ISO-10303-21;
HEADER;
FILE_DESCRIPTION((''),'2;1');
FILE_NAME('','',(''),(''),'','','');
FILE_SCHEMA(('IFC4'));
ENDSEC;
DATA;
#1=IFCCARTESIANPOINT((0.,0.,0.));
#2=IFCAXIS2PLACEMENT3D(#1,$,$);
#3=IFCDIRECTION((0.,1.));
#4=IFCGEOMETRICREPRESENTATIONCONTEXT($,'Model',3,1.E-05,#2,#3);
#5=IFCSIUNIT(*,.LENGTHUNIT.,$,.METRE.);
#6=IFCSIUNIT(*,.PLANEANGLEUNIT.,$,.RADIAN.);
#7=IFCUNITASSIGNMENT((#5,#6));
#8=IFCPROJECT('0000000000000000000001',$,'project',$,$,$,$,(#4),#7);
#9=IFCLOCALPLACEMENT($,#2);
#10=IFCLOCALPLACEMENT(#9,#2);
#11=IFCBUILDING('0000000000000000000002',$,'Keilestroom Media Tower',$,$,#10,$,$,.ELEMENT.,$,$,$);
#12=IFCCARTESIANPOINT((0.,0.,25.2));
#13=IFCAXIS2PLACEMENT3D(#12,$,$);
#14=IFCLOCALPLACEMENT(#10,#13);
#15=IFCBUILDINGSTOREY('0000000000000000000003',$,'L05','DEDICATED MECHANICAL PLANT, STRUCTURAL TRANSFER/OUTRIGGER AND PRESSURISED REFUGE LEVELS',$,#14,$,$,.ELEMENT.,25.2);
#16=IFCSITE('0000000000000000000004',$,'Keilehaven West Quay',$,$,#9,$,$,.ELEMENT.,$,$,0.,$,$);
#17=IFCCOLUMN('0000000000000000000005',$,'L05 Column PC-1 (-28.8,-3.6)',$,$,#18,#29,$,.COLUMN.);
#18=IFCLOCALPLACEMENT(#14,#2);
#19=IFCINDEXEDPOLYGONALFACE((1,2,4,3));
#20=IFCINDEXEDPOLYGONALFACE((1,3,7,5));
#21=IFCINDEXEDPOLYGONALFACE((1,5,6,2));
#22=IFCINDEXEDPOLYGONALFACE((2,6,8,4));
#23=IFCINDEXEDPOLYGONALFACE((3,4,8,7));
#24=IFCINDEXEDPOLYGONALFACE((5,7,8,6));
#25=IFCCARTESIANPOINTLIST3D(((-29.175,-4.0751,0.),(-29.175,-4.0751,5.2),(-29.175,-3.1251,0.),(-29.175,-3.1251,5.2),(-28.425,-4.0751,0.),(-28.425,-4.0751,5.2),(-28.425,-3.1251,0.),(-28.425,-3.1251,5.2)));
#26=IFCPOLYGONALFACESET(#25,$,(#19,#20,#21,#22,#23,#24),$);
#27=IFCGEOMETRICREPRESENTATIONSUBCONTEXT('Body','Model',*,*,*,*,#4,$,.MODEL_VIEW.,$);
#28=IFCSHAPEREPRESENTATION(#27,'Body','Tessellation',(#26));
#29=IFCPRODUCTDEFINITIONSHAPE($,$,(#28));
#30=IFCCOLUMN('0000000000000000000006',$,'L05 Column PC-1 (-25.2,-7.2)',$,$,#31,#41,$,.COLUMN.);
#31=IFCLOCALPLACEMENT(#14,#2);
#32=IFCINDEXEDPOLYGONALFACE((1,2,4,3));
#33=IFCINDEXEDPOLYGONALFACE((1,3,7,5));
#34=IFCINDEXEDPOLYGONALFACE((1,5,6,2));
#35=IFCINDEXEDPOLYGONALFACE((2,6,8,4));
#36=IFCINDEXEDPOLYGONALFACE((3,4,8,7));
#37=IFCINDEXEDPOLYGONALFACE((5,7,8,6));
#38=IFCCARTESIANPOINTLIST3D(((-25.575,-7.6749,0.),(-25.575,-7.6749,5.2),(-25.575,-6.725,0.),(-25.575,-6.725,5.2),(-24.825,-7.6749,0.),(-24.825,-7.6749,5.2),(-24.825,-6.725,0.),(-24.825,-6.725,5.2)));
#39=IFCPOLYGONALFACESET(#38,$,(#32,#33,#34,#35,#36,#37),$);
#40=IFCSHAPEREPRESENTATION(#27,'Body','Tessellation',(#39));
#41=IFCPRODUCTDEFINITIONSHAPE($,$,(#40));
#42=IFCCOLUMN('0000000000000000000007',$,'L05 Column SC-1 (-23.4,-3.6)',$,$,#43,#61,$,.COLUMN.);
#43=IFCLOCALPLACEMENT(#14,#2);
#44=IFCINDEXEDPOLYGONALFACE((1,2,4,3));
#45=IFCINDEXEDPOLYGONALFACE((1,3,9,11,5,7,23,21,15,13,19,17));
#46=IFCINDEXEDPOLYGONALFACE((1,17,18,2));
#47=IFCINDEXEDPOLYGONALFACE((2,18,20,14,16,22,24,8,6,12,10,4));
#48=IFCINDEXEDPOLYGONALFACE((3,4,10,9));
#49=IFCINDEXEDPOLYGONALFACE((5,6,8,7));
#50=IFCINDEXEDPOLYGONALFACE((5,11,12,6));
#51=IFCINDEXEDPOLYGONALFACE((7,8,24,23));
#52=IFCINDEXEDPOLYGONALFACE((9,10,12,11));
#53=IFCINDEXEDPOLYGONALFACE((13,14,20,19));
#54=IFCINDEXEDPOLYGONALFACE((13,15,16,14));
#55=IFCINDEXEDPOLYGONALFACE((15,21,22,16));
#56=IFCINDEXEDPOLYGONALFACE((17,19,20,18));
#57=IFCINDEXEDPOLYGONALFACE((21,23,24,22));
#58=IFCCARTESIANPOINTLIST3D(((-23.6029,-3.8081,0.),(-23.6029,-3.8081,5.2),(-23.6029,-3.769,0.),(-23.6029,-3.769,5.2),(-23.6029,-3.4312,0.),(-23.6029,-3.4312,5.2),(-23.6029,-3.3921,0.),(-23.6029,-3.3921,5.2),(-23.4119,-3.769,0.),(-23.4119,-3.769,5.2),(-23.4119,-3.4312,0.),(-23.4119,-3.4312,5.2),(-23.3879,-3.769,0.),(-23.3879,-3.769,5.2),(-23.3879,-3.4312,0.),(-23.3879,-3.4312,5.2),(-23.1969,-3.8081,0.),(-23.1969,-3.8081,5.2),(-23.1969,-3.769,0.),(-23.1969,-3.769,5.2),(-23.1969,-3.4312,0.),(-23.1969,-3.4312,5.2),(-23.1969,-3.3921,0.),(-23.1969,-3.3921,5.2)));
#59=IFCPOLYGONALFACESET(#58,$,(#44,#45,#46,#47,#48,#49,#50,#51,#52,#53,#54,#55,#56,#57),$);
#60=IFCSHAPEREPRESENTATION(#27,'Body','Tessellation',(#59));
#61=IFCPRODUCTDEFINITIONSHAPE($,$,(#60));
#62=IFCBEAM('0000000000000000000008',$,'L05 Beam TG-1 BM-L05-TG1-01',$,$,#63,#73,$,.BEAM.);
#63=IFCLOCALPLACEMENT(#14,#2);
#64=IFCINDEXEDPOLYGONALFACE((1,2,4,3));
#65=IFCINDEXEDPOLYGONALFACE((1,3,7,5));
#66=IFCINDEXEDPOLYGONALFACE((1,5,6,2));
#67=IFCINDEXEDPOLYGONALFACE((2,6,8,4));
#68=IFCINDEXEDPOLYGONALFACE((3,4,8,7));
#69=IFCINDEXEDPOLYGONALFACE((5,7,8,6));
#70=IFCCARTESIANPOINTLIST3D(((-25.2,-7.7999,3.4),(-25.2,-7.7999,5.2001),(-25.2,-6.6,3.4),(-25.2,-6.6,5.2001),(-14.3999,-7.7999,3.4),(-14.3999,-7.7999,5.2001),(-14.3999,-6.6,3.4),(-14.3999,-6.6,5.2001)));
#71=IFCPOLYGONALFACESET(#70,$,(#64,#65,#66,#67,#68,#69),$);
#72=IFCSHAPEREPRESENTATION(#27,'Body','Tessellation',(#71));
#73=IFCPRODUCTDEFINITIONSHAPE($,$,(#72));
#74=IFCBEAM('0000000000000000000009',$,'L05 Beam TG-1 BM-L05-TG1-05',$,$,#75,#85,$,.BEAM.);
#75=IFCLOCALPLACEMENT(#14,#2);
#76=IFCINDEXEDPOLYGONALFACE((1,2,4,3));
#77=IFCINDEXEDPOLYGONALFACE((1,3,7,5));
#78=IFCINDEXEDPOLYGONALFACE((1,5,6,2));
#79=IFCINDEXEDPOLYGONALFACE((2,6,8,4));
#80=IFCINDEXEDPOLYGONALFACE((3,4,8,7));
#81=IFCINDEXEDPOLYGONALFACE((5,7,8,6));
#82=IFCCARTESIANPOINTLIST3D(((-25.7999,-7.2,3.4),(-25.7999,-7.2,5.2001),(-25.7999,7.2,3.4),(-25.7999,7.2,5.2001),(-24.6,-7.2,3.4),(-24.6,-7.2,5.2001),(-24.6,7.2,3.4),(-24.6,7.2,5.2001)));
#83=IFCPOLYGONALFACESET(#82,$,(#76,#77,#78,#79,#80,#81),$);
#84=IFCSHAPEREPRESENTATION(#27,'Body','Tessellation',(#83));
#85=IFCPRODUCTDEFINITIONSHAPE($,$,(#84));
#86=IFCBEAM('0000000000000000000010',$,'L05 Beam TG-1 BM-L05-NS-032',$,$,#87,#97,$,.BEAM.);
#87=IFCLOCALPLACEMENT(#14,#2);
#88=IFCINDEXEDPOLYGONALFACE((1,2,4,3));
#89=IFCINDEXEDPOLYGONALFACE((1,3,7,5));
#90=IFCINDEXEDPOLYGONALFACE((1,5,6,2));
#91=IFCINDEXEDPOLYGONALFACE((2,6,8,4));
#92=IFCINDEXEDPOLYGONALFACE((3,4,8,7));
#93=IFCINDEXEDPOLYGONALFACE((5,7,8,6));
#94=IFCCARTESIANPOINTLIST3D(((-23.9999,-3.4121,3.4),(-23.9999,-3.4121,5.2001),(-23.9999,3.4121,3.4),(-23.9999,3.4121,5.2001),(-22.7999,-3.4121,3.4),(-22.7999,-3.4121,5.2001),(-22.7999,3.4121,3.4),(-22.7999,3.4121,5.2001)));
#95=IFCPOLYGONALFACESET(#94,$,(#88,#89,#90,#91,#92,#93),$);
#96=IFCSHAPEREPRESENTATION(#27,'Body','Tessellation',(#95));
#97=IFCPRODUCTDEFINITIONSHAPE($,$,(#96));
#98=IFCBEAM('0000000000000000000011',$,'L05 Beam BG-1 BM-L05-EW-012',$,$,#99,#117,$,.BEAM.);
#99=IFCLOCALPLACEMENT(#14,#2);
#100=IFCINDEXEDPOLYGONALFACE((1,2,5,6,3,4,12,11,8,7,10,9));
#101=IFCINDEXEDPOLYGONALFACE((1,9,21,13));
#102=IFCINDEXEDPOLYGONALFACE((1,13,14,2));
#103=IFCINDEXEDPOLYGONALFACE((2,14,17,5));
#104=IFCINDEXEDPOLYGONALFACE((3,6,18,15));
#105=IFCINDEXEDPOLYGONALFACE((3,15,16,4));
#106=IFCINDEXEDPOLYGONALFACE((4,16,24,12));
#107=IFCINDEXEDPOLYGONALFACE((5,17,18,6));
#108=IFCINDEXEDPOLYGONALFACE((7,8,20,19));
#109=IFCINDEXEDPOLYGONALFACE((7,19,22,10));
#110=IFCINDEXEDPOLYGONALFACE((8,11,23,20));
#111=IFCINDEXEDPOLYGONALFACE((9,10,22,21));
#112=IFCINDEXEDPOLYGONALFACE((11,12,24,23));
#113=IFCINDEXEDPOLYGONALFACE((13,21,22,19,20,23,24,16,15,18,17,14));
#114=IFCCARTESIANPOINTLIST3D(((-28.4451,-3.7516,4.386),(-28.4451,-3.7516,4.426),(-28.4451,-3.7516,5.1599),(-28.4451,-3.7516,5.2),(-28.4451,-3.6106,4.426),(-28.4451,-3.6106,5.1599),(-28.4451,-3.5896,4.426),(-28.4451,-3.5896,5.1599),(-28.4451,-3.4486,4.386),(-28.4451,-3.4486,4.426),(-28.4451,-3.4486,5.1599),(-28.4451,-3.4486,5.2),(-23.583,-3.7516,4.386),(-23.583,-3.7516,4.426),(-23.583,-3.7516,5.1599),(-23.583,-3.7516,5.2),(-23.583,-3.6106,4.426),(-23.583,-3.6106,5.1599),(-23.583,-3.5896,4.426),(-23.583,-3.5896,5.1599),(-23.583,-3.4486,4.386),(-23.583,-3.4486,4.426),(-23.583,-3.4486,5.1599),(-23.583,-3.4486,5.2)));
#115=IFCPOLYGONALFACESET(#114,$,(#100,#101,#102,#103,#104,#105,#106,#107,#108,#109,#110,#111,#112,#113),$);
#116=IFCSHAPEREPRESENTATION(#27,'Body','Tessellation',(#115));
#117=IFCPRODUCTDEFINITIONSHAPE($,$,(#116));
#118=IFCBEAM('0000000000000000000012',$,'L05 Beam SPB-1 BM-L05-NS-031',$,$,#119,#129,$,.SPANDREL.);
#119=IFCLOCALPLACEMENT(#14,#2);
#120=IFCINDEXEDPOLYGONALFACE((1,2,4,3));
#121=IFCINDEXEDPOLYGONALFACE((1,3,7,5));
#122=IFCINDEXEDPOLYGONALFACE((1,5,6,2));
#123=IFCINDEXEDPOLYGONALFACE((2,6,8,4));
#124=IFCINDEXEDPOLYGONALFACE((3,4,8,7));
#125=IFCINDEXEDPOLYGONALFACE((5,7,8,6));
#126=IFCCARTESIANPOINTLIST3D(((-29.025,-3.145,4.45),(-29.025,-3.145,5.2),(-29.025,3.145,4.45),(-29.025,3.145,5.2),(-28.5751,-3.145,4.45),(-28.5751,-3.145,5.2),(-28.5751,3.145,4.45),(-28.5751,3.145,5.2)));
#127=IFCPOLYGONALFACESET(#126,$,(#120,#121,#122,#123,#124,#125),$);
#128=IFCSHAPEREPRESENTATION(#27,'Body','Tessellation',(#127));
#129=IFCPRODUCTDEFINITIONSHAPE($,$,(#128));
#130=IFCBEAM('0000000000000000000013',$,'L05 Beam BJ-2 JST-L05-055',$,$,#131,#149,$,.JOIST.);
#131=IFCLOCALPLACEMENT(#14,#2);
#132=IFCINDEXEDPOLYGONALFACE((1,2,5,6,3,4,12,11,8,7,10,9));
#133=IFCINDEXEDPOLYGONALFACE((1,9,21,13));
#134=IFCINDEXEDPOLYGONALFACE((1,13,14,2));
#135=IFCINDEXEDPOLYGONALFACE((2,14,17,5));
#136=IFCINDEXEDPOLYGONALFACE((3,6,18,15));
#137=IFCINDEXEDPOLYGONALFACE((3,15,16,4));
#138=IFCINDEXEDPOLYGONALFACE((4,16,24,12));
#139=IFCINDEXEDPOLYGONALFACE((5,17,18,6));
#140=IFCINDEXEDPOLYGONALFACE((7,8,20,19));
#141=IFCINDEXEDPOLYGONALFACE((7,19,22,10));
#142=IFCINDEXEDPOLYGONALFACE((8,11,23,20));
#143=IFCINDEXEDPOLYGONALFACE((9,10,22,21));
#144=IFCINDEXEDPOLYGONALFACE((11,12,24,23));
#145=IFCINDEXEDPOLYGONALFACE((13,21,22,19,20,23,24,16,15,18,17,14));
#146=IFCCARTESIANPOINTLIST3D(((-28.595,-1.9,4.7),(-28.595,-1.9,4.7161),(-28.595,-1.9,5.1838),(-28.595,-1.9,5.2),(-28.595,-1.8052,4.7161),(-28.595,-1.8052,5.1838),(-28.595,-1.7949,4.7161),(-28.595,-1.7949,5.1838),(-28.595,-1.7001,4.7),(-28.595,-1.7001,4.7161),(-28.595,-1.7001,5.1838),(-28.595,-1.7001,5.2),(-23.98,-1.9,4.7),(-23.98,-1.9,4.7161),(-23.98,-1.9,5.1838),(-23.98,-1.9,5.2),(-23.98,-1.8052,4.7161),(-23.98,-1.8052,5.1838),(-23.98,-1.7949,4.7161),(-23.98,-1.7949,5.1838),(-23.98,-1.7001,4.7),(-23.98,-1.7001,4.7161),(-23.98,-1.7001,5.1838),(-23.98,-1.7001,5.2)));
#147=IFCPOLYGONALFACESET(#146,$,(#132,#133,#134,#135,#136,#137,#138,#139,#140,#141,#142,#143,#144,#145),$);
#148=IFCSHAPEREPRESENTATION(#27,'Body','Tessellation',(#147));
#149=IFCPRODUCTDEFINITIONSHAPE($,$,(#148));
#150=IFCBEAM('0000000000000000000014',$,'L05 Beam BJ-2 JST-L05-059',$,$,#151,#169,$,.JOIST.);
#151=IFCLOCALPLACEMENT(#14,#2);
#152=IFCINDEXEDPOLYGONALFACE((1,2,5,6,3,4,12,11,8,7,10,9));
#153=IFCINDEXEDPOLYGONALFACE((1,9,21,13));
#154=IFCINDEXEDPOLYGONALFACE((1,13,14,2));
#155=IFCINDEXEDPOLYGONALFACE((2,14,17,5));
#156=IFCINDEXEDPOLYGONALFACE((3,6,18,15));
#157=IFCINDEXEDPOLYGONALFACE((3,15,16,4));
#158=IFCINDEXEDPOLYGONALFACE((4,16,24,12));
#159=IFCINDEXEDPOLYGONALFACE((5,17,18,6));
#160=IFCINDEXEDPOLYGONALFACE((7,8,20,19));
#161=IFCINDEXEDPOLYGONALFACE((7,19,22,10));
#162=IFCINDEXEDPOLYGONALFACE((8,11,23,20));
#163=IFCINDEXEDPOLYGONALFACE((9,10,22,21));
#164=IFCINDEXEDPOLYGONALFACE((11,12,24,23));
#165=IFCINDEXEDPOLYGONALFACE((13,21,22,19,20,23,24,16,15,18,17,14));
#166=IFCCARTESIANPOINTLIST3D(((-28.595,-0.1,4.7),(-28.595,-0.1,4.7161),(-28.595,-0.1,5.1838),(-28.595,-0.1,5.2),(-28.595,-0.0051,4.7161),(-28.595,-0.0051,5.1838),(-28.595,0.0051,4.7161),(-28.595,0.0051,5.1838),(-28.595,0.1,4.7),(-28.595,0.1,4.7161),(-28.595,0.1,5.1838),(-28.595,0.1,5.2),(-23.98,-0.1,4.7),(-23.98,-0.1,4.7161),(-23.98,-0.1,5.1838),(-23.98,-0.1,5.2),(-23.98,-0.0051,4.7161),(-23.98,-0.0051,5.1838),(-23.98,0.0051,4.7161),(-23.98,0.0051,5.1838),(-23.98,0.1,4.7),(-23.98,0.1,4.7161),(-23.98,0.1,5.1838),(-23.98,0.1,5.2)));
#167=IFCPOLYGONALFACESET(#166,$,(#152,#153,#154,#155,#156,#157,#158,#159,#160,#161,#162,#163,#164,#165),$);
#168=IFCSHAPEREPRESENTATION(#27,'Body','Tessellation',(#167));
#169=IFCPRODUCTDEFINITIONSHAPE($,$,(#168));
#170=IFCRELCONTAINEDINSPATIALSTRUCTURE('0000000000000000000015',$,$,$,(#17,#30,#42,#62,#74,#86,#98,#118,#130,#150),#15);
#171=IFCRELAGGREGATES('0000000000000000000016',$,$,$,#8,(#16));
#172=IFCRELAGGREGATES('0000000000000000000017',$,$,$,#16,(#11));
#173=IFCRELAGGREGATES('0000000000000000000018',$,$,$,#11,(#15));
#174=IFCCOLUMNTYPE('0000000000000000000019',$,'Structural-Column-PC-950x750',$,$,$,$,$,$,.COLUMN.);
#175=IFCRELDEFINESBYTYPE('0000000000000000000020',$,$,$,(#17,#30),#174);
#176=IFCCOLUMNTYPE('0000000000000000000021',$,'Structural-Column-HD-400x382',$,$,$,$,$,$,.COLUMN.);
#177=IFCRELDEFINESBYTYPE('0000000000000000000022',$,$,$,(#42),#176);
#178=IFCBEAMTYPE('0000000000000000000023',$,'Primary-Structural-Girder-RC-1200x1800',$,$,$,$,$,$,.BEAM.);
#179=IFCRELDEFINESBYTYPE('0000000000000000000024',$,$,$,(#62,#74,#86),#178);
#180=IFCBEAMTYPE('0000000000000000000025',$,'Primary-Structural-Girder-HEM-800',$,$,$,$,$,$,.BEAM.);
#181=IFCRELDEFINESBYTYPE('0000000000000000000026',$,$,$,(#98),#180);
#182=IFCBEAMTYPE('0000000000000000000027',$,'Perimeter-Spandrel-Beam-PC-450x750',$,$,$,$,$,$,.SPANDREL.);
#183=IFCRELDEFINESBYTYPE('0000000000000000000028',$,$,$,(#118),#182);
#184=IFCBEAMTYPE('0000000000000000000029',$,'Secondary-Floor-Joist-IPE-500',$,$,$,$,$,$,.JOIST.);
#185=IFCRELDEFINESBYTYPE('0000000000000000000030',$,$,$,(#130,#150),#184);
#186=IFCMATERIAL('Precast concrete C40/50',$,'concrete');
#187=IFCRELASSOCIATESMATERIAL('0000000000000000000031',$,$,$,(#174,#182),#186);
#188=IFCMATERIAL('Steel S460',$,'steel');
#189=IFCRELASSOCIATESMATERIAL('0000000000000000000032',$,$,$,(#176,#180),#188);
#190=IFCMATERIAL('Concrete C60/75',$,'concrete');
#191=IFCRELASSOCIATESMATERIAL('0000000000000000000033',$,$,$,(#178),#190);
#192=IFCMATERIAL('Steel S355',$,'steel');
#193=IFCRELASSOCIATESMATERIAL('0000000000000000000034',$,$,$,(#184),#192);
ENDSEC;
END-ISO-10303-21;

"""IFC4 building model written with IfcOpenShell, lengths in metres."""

from ifc_helpers import new_model, si_unit, direction, frame, origin, origin_2d, place, context, subcontext, project, spatial, rectangle, i_section, extrude, source, transform, mapped, material, material_profile, profile_set, type_object, element, save


model = new_model("IFC4")

# Units and contexts
model_context = context("Model", 3, precision=1e-05, world=origin(), true_north=direction((0.0, 1.0)))
body_context = subcontext(model_context, "Body", "Model", "MODEL_VIEW")
ifc_project = project(units=[si_unit("LENGTHUNIT", "METRE"), si_unit("PLANEANGLEUNIT", "RADIAN")], contexts=[model_context])

# Site, building, storey
site_placement = place(None, origin())
site = spatial("IfcSite", under=ifc_project, at=site_placement, Name="Keilehaven West Quay", CompositionType="ELEMENT", RefElevation=0.0)
building_placement = place(site_placement, origin())
building = spatial("IfcBuilding", under=site, at=building_placement, Name="Keilestroom Media Tower", CompositionType="ELEMENT")
storey_placement = place(building_placement, frame((0.0, 0.0, 25.2)))
storey = spatial("IfcBuildingStorey", under=building, at=storey_placement, Name="L05", Description="DEDICATED MECHANICAL PLANT, STRUCTURAL TRANSFER/OUTRIGGER AND PRESSURISED REFUGE LEVELS", CompositionType="ELEMENT", Elevation=25.2)

# Columns
ifc_material_1 = material(Name="Precast concrete C40/50", Category="concrete")
ifc_material_profile_1 = material_profile(ifc_material_1, rectangle(XDim=0.75, YDim=0.95, at=origin_2d()), Name="PC 950x750")
ifc_profile_set_1 = profile_set([ifc_material_profile_1], Name="Precast concrete C40/50")
column_type_1 = type_object("IfcColumnType", Name="Structural-Column-PC-950x750", PredefinedType="COLUMN", material=ifc_profile_set_1)
shared_shape_1 = source(origin(), body_context, "Body", "SweptSolid", [
    extrude(rectangle(XDim=0.75, YDim=0.95, at=origin_2d()), origin(), (0.0, 0.0, 1.0), 5.2),
])
for number, where, z_axis, x_axis, name in (
    (1, (-28.8, -3.6001, 0.0), (0.0, 0.0, 1.0), (1.0, 0.0, 0.0), "L05 Column PC-1 (-28.8,-3.6)"),
    (2, (-25.2, -7.2, 0.0), (0.0, 0.0, 1.0), (1.0, 0.0, 0.0), "L05 Column PC-1 (-25.2,-7.2)"),
):
    element("IfcColumn", number, at=place(storey_placement, frame(where, z_axis=z_axis, x_axis=x_axis)), inside=storey, type_object=column_type_1, Name=name, PredefinedType="COLUMN", context=body_context, shape_type="MappedRepresentation", body=[
        mapped(shared_shape_1, transform((0.0, 0.0, 0.0), x_axis=(1.0, 0.0, 0.0), y_axis=(0.0, 1.0, 0.0), z_axis=(0.0, 0.0, 1.0), scale=1.0)),
    ])
ifc_material_2 = material(Name="Steel S460", Category="steel")
ifc_material_profile_2 = material_profile(ifc_material_2, i_section(OverallWidth=0.406, OverallDepth=0.416, WebThickness=0.0239, FlangeThickness=0.0391, at=origin_2d()), Name="HD 400x382")
ifc_profile_set_2 = profile_set([ifc_material_profile_2], Name="Steel S460")
column_type_2 = type_object("IfcColumnType", Name="Structural-Column-HD-400x382", PredefinedType="COLUMN", material=ifc_profile_set_2)
shared_shape_2 = source(origin(), body_context, "Body", "SweptSolid", [
    extrude(i_section(OverallWidth=0.406, OverallDepth=0.416, WebThickness=0.0239, FlangeThickness=0.0391, at=origin_2d()), origin(), (0.0, 0.0, 1.0), 5.2),
])
column_placement = place(storey_placement, frame((-23.3999, -3.6001, 0.0), z_axis=(0.0, 0.0, 1.0), x_axis=(1.0, 0.0, 0.0)))
element("IfcColumn", 3, at=column_placement, inside=storey, type_object=column_type_2, Name="L05 Column SC-1 (-23.4,-3.6)", PredefinedType="COLUMN", context=body_context, shape_type="MappedRepresentation", body=[
    mapped(shared_shape_2, transform((0.0, 0.0, 0.0), x_axis=(1.0, 0.0, 0.0), y_axis=(0.0, 1.0, 0.0), z_axis=(0.0, 0.0, 1.0), scale=1.0)),
])

# Beams
ifc_material_3 = material(Name="Concrete C60/75", Category="concrete")
ifc_material_profile_3 = material_profile(ifc_material_3, rectangle(XDim=1.2, YDim=1.8, at=origin_2d()), Name="RC 1200x1800")
ifc_profile_set_3 = profile_set([ifc_material_profile_3], Name="Concrete C60/75")
beam_type_1 = type_object("IfcBeamType", Name="Primary-Structural-Girder-RC-1200x1800", PredefinedType="BEAM", material=ifc_profile_set_3)
shared_shape_3 = source(origin(), body_context, "Body", "SweptSolid", [
    extrude(rectangle(XDim=1.2, YDim=1.8, at=origin_2d()), origin(), (0.0, 0.0, 1.0), 10.8),
])
beam_1_placement = place(storey_placement, frame((-25.2, -7.2, 4.3), z_axis=(1.0, 0.0, 0.0), x_axis=(0.0, 1.0, 0.0)))
element("IfcBeam", 4, at=beam_1_placement, inside=storey, type_object=beam_type_1, Name="L05 Beam TG-1 BM-L05-TG1-01", PredefinedType="BEAM", context=body_context, shape_type="MappedRepresentation", body=[
    mapped(shared_shape_3, transform((0.0, 0.0, 0.0), x_axis=(1.0, 0.0, 0.0), y_axis=(0.0, 1.0, 0.0), z_axis=(0.0, 0.0, 1.0), scale=1.0)),
])
shared_shape_4 = source(origin(), body_context, "Body", "SweptSolid", [
    extrude(rectangle(XDim=1.2, YDim=1.8, at=origin_2d()), origin(), (0.0, 0.0, 1.0), 14.3999),
])
beam_2_placement = place(storey_placement, frame((-25.2, -7.2, 4.3), z_axis=(0.0, 1.0, 0.0), x_axis=(-1.0, 0.0, 0.0)))
element("IfcBeam", 5, at=beam_2_placement, inside=storey, type_object=beam_type_1, Name="L05 Beam TG-1 BM-L05-TG1-05", PredefinedType="BEAM", context=body_context, shape_type="MappedRepresentation", body=[
    mapped(shared_shape_4, transform((0.0, 0.0, 0.0), x_axis=(1.0, 0.0, 0.0), y_axis=(0.0, 1.0, 0.0), z_axis=(0.0, 0.0, 1.0), scale=1.0)),
])
shared_shape_5 = source(origin(), body_context, "Body", "SweptSolid", [
    extrude(rectangle(XDim=1.2, YDim=1.8, at=origin_2d()), origin(), (0.0, 0.0, 1.0), 6.8242),
])
beam_3_placement = place(storey_placement, frame((-23.3999, -3.4121, 4.3), z_axis=(0.0, 1.0, 0.0), x_axis=(-1.0, 0.0, 0.0)))
element("IfcBeam", 6, at=beam_3_placement, inside=storey, type_object=beam_type_1, Name="L05 Beam TG-1 BM-L05-NS-032", PredefinedType="BEAM", context=body_context, shape_type="MappedRepresentation", body=[
    mapped(shared_shape_5, transform((0.0, 0.0, 0.0), x_axis=(1.0, 0.0, 0.0), y_axis=(0.0, 1.0, 0.0), z_axis=(0.0, 0.0, 1.0), scale=1.0)),
])
ifc_material_profile_4 = material_profile(ifc_material_2, i_section(OverallWidth=0.303, OverallDepth=0.814, WebThickness=0.021, FlangeThickness=0.04, at=origin_2d()), Name="HEM 800")
ifc_profile_set_4 = profile_set([ifc_material_profile_4], Name="Steel S460")
beam_type_2 = type_object("IfcBeamType", Name="Primary-Structural-Girder-HEM-800", PredefinedType="BEAM", material=ifc_profile_set_4)
shared_shape_6 = source(origin(), body_context, "Body", "SweptSolid", [
    extrude(i_section(OverallWidth=0.303, OverallDepth=0.814, WebThickness=0.021, FlangeThickness=0.04, at=origin_2d()), origin(), (0.0, 0.0, 1.0), 4.8621),
])
beam_4_placement = place(storey_placement, frame((-28.4451, -3.6001, 4.793), z_axis=(1.0, 0.0, 0.0), x_axis=(0.0, 1.0, 0.0)))
element("IfcBeam", 7, at=beam_4_placement, inside=storey, type_object=beam_type_2, Name="L05 Beam BG-1 BM-L05-EW-012", PredefinedType="BEAM", context=body_context, shape_type="MappedRepresentation", body=[
    mapped(shared_shape_6, transform((0.0, 0.0, 0.0), x_axis=(1.0, 0.0, 0.0), y_axis=(0.0, 1.0, 0.0), z_axis=(0.0, 0.0, 1.0), scale=1.0)),
])
ifc_material_profile_5 = material_profile(ifc_material_1, rectangle(XDim=0.45, YDim=0.75, at=origin_2d()), Name="PC 450x750")
ifc_profile_set_5 = profile_set([ifc_material_profile_5], Name="Precast concrete C40/50")
beam_type_3 = type_object("IfcBeamType", Name="Perimeter-Spandrel-Beam-PC-450x750", PredefinedType="SPANDREL", material=ifc_profile_set_5)
shared_shape_7 = source(origin(), body_context, "Body", "SweptSolid", [
    extrude(rectangle(XDim=0.45, YDim=0.75, at=origin_2d()), origin(), (0.0, 0.0, 1.0), 6.29),
])
beam_5_placement = place(storey_placement, frame((-28.8, -3.145, 4.825), z_axis=(0.0, 1.0, 0.0), x_axis=(-1.0, 0.0, 0.0)))
element("IfcBeam", 8, at=beam_5_placement, inside=storey, type_object=beam_type_3, Name="L05 Beam SPB-1 BM-L05-NS-031", PredefinedType="SPANDREL", context=body_context, shape_type="MappedRepresentation", body=[
    mapped(shared_shape_7, transform((0.0, 0.0, 0.0), x_axis=(1.0, 0.0, 0.0), y_axis=(0.0, 1.0, 0.0), z_axis=(0.0, 0.0, 1.0), scale=1.0)),
])
ifc_material_4 = material(Name="Steel S355", Category="steel")
ifc_material_profile_6 = material_profile(ifc_material_4, i_section(OverallWidth=0.2, OverallDepth=0.5, WebThickness=0.0103, FlangeThickness=0.0161, at=origin_2d()), Name="IPE 500")
ifc_profile_set_6 = profile_set([ifc_material_profile_6], Name="Steel S355")
beam_type_4 = type_object("IfcBeamType", Name="Secondary-Floor-Joist-IPE-500", PredefinedType="JOIST", material=ifc_profile_set_6)
shared_shape_8 = source(origin(), body_context, "Body", "SweptSolid", [
    extrude(i_section(OverallWidth=0.2, OverallDepth=0.5, WebThickness=0.0103, FlangeThickness=0.0161, at=origin_2d()), origin(), (0.0, 0.0, 1.0), 4.615),
])
for number, where, z_axis, x_axis, name in (
    (9, (-28.595, -1.8, 4.95), (1.0, 0.0, 0.0), (0.0, 1.0, 0.0), "L05 Beam BJ-2 JST-L05-055"),
    (10, (-28.595, 0.0, 4.95), (1.0, 0.0, 0.0), (0.0, 1.0, 0.0), "L05 Beam BJ-2 JST-L05-059"),
):
    element("IfcBeam", number, at=place(storey_placement, frame(where, z_axis=z_axis, x_axis=x_axis)), inside=storey, type_object=beam_type_4, Name=name, PredefinedType="JOIST", context=body_context, shape_type="MappedRepresentation", body=[
        mapped(shared_shape_8, transform((0.0, 0.0, 0.0), x_axis=(1.0, 0.0, 0.0), y_axis=(0.0, 1.0, 0.0), z_axis=(0.0, 0.0, 1.0), scale=1.0)),
    ])

save(model, "model.ifc")
